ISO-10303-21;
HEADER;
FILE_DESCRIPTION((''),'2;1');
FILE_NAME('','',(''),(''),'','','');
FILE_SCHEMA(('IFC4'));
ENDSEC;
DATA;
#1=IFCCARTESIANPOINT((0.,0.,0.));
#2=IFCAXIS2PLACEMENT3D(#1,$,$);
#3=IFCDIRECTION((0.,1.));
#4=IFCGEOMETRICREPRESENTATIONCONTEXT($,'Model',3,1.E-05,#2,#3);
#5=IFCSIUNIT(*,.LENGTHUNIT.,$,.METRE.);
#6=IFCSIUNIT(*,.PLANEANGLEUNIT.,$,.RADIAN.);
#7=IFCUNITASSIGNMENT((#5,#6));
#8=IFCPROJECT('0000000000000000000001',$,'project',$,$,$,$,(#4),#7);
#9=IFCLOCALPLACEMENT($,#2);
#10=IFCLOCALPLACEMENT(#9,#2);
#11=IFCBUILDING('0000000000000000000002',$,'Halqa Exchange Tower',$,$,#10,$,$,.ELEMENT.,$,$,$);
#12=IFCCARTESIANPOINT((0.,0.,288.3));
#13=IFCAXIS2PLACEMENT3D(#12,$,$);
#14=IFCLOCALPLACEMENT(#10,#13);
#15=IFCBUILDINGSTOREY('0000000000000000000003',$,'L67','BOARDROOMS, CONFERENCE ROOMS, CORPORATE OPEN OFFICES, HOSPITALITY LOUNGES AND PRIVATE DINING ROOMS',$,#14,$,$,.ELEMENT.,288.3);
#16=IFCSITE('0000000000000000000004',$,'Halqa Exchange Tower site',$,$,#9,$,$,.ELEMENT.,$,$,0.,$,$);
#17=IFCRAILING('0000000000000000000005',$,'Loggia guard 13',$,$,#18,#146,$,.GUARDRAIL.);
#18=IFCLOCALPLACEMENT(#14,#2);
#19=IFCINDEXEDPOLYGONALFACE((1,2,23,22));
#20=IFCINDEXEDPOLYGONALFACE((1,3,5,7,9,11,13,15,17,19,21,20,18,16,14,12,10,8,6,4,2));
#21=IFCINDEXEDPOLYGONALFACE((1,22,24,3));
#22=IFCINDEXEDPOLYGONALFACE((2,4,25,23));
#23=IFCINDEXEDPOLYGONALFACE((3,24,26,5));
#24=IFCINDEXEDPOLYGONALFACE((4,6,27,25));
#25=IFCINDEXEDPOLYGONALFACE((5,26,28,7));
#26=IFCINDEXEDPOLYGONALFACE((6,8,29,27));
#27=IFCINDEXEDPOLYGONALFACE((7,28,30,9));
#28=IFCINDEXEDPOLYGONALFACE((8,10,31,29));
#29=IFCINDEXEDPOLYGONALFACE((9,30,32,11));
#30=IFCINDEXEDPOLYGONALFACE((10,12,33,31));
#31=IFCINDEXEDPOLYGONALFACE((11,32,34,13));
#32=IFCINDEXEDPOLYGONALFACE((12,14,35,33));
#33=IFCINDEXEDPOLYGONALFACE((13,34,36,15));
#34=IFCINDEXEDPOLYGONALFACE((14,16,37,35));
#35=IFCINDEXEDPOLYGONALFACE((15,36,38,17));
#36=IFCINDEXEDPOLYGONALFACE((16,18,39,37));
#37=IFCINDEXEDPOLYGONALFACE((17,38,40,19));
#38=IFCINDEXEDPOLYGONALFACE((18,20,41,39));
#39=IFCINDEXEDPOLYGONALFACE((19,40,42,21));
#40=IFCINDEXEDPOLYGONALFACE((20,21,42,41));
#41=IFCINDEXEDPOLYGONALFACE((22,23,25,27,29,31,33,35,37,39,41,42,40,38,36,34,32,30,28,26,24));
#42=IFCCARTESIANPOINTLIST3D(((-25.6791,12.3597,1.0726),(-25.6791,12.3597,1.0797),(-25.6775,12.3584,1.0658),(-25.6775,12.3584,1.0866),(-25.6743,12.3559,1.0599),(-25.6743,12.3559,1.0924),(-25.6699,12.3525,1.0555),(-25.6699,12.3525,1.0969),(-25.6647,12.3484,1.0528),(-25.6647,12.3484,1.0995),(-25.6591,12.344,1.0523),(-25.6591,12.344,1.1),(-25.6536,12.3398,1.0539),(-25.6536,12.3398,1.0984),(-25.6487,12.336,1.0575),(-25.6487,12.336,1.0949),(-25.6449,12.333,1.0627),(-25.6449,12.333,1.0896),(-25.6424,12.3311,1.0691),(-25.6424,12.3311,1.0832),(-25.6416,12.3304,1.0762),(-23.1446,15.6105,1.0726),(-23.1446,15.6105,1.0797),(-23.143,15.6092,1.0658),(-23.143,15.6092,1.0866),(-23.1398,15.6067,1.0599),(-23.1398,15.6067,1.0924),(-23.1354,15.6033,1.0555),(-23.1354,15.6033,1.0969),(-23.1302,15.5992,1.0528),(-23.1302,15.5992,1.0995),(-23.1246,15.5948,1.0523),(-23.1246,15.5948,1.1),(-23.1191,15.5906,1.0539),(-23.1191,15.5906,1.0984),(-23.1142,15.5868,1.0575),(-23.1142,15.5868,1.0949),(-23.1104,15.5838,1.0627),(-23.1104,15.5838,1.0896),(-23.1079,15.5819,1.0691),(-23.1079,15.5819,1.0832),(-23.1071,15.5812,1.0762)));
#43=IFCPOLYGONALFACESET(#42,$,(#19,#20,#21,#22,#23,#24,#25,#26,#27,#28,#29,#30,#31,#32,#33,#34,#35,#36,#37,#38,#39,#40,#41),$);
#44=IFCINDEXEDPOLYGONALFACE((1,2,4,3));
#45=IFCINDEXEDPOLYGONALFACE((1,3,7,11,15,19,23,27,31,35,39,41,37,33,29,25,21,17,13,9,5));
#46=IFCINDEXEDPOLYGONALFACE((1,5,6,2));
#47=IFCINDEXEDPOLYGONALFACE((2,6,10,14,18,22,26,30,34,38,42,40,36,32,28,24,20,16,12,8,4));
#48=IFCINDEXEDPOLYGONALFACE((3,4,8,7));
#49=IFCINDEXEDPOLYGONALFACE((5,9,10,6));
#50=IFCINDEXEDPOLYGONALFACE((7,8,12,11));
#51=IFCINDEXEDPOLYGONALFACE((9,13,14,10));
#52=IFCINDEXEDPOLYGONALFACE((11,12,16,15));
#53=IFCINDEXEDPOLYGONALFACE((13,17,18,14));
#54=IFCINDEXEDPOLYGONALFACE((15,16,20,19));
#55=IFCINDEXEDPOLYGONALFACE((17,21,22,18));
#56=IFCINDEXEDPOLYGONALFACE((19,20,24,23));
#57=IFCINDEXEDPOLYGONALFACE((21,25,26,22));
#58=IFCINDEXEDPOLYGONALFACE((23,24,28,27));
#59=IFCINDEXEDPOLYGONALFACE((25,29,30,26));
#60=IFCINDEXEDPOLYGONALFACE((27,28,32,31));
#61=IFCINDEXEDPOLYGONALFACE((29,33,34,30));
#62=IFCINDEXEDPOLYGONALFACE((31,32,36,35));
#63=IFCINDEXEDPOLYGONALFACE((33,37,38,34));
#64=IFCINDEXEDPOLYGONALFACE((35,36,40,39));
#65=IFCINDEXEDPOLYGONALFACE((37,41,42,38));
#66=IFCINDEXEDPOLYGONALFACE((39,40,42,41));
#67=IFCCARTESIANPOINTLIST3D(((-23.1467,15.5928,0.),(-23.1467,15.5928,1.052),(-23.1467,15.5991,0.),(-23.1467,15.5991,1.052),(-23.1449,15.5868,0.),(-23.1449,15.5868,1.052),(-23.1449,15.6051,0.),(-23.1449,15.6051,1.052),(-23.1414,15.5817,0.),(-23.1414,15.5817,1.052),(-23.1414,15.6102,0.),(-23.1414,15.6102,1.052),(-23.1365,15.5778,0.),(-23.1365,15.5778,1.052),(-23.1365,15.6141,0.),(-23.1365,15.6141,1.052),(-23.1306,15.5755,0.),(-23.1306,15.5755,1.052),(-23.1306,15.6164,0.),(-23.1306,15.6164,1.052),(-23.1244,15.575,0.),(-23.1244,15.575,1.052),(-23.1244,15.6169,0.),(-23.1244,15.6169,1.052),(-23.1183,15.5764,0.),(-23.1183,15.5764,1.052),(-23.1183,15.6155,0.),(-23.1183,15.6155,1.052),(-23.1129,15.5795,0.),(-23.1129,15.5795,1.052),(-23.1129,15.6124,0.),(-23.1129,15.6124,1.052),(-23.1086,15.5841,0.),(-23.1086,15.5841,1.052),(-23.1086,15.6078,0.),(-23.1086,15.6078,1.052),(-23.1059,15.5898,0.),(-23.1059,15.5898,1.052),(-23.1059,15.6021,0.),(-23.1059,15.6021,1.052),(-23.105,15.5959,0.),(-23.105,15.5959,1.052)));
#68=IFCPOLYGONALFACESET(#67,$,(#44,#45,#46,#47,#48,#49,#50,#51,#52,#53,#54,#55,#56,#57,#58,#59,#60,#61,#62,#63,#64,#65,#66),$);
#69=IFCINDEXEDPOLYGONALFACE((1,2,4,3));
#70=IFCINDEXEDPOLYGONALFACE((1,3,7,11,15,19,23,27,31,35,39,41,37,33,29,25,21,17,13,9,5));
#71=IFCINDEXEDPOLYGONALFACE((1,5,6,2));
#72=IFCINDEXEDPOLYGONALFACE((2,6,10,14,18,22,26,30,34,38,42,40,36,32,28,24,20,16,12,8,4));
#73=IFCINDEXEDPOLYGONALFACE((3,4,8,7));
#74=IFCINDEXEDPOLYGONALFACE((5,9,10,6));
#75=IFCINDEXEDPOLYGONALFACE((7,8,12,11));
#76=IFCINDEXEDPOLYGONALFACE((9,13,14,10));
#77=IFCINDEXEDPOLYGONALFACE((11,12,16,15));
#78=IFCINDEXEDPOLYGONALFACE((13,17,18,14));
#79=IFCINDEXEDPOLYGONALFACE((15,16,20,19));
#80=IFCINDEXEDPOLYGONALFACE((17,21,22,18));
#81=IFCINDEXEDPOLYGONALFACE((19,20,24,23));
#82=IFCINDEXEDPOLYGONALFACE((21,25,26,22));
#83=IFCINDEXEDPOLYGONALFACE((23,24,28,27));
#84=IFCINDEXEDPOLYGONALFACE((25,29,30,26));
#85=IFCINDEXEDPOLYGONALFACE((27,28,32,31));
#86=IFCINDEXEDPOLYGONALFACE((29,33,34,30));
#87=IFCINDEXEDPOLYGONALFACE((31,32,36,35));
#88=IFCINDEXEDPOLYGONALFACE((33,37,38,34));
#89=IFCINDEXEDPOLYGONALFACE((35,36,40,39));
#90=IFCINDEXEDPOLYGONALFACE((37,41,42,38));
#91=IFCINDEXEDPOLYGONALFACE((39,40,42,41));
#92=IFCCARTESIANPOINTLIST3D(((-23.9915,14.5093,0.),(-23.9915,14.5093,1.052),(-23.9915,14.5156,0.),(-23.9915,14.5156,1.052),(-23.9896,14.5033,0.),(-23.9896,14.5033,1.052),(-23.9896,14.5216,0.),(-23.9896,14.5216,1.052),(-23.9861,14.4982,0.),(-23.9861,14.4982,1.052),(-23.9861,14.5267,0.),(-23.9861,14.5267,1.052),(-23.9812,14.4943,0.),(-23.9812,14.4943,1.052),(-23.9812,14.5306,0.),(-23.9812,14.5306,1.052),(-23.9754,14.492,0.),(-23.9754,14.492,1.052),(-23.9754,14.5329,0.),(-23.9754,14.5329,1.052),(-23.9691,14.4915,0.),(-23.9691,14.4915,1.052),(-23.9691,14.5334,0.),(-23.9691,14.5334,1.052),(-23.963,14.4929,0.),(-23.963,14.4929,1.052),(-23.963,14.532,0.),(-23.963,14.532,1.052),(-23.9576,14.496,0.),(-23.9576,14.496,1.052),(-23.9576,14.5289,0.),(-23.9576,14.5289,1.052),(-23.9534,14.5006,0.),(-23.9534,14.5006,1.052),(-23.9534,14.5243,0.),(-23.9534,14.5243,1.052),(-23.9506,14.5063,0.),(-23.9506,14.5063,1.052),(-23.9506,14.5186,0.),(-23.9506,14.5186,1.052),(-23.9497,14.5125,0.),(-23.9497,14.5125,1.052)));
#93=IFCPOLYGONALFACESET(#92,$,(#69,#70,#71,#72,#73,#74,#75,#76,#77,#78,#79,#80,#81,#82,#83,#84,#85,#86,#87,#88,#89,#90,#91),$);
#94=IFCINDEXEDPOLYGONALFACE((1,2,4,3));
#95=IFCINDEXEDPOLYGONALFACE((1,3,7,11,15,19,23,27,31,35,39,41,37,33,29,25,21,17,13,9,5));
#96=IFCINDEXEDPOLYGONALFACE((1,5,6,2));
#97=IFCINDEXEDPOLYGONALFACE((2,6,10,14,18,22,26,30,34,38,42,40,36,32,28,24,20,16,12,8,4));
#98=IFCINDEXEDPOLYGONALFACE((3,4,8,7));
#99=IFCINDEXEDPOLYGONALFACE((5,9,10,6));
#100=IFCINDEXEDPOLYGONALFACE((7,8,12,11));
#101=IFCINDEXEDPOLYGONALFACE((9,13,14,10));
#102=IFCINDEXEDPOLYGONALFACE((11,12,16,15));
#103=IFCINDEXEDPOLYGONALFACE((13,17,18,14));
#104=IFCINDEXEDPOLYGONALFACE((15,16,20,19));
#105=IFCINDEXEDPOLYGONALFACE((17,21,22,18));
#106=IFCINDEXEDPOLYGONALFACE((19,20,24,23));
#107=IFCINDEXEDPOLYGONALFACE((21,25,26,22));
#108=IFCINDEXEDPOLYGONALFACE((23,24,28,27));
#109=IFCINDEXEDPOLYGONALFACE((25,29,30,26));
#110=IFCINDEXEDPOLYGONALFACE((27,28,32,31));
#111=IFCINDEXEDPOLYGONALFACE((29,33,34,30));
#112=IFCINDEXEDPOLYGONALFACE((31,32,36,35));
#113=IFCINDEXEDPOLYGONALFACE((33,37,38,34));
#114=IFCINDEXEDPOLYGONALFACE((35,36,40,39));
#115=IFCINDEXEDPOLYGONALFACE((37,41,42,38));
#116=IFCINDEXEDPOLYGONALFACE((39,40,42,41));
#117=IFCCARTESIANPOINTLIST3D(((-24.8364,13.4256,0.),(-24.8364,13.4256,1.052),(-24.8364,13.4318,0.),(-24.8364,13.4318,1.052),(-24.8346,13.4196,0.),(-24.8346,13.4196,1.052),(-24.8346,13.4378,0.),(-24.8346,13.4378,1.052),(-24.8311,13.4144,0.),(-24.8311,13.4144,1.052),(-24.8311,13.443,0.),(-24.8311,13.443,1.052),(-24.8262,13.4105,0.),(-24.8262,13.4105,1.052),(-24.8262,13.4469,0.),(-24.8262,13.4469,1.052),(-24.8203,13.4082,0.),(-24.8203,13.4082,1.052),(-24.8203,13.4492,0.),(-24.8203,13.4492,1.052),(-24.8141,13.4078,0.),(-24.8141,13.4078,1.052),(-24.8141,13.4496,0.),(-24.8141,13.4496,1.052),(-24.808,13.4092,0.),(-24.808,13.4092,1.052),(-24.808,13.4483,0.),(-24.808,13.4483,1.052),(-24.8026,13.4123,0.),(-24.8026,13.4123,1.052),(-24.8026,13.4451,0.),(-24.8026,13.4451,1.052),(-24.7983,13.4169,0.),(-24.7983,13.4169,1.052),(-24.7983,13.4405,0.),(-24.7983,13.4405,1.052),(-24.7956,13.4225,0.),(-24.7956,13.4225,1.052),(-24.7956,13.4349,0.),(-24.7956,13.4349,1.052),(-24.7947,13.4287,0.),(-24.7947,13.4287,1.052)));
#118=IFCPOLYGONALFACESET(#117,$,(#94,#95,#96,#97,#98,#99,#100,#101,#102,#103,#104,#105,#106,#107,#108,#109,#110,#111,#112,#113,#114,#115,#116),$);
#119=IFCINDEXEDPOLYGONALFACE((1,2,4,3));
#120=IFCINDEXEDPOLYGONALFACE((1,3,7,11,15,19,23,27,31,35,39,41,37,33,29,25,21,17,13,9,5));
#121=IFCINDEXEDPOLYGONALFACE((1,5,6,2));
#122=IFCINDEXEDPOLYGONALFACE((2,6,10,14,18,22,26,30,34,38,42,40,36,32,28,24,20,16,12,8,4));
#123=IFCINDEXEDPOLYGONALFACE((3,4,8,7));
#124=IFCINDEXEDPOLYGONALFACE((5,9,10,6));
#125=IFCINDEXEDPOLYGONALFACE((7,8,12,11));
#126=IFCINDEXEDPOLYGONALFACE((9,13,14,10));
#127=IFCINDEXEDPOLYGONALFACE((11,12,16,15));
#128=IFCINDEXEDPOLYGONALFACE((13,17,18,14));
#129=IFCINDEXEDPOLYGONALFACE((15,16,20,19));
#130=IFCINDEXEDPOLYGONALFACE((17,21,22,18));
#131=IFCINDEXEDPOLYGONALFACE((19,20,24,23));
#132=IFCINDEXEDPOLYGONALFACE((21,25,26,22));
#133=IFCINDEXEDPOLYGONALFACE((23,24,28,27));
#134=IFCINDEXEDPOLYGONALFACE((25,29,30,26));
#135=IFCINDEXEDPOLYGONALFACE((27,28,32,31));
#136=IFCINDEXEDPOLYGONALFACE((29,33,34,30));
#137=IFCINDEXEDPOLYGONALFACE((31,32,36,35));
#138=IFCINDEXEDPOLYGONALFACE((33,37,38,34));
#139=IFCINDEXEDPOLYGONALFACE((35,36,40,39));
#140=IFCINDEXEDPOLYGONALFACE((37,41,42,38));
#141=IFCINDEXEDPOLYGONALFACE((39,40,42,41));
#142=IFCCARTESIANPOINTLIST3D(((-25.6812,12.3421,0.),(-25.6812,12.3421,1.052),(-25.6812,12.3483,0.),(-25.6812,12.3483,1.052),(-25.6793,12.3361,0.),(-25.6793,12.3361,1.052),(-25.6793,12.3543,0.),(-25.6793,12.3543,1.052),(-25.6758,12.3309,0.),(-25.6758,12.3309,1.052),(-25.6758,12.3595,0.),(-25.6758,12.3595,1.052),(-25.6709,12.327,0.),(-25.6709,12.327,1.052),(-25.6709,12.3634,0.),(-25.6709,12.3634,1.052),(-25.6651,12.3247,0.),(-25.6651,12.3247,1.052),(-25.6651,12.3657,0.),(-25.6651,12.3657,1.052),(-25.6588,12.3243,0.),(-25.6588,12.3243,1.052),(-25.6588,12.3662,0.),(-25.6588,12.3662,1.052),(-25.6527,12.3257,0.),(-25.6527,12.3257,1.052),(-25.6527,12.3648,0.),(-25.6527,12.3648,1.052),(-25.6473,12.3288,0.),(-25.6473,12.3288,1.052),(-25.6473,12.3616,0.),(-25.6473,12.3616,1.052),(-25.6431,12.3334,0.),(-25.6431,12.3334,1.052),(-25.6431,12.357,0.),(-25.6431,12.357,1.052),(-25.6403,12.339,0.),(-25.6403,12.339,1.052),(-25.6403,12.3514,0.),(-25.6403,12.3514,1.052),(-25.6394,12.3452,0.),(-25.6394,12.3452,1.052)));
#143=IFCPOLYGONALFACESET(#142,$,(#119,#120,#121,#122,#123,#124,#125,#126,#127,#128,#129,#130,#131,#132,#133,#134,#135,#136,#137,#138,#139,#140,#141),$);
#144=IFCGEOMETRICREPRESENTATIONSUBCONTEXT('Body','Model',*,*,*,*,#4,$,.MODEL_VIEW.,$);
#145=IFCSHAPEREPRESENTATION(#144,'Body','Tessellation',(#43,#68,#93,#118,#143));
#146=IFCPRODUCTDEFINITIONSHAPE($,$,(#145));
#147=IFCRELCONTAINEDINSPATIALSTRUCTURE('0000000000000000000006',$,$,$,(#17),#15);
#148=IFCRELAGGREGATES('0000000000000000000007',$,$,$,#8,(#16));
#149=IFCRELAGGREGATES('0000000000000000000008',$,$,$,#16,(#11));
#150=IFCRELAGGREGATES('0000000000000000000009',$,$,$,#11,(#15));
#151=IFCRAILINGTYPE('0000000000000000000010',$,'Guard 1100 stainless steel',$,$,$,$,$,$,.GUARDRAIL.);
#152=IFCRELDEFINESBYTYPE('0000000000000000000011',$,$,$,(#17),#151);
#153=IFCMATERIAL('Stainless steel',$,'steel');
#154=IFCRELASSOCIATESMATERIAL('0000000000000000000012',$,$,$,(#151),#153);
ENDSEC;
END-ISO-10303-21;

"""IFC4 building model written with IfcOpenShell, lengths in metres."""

from ifc_helpers import new_model, si_unit, direction, frame, origin, origin_2d, place, context, subcontext, project, spatial, circle, extrude, material, type_object, element, save


model = new_model("IFC4")

# Units and contexts
model_context = context("Model", 3, precision=1e-05, world=origin(), true_north=direction((0.0, 1.0)))
body_context = subcontext(model_context, "Body", "Model", "MODEL_VIEW")
ifc_project = project(units=[si_unit("LENGTHUNIT", "METRE"), si_unit("PLANEANGLEUNIT", "RADIAN")], contexts=[model_context])

# Site, building, storey
site_placement = place(None, origin())
site = spatial("IfcSite", under=ifc_project, at=site_placement, Name="Halqa Exchange Tower site", CompositionType="ELEMENT", RefElevation=0.0)
building_placement = place(site_placement, origin())
building = spatial("IfcBuilding", under=site, at=building_placement, Name="Halqa Exchange Tower", CompositionType="ELEMENT")
storey_placement = place(building_placement, frame((0.0, 0.0, 288.3)))
storey = spatial("IfcBuildingStorey", under=building, at=storey_placement, Name="L67", Description="BOARDROOMS, CONFERENCE ROOMS, CORPORATE OPEN OFFICES, HOSPITALITY LOUNGES AND PRIVATE DINING ROOMS", CompositionType="ELEMENT", Elevation=288.3)

# Railing
ifc_material_1 = material(Name="Stainless steel", Category="steel")
railing_type = type_object("IfcRailingType", Name="Guard 1100 stainless steel", PredefinedType="GUARDRAIL", material=ifc_material_1)
railing_1_placement = place(storey_placement, frame((-23.126, 15.5959, 0.0)))
element("IfcRailing", 1, at=railing_1_placement, inside=storey, type_object=railing_type, Name="Loggia guard 13", PredefinedType="GUARDRAIL", context=body_context, shape_type="SweptSolid", body=[
    extrude(circle(Radius=0.0239, at=origin_2d()), frame((0.0, 0.0, 1.0762), z_axis=(-0.614859, -0.788637, 0.0), x_axis=(0.788637, -0.614859, 0.0)), (0.0, 0.0, 1.0), 4.1221),
    extrude(circle(Radius=0.021, at=origin_2d()), origin(), (0.0, 0.0, 1.0), 1.052),
    extrude(circle(Radius=0.021, at=origin_2d()), frame((-0.8447, -1.0835, 0.0)), (0.0, 0.0, 1.0), 1.052),
    extrude(circle(Radius=0.021, at=origin_2d()), frame((-1.6897, -2.1672, 0.0)), (0.0, 0.0, 1.0), 1.052),
    extrude(circle(Radius=0.021, at=origin_2d()), frame((-2.5344, -3.2507, 0.0)), (0.0, 0.0, 1.0), 1.052),
])

save(model, "model.ifc")
